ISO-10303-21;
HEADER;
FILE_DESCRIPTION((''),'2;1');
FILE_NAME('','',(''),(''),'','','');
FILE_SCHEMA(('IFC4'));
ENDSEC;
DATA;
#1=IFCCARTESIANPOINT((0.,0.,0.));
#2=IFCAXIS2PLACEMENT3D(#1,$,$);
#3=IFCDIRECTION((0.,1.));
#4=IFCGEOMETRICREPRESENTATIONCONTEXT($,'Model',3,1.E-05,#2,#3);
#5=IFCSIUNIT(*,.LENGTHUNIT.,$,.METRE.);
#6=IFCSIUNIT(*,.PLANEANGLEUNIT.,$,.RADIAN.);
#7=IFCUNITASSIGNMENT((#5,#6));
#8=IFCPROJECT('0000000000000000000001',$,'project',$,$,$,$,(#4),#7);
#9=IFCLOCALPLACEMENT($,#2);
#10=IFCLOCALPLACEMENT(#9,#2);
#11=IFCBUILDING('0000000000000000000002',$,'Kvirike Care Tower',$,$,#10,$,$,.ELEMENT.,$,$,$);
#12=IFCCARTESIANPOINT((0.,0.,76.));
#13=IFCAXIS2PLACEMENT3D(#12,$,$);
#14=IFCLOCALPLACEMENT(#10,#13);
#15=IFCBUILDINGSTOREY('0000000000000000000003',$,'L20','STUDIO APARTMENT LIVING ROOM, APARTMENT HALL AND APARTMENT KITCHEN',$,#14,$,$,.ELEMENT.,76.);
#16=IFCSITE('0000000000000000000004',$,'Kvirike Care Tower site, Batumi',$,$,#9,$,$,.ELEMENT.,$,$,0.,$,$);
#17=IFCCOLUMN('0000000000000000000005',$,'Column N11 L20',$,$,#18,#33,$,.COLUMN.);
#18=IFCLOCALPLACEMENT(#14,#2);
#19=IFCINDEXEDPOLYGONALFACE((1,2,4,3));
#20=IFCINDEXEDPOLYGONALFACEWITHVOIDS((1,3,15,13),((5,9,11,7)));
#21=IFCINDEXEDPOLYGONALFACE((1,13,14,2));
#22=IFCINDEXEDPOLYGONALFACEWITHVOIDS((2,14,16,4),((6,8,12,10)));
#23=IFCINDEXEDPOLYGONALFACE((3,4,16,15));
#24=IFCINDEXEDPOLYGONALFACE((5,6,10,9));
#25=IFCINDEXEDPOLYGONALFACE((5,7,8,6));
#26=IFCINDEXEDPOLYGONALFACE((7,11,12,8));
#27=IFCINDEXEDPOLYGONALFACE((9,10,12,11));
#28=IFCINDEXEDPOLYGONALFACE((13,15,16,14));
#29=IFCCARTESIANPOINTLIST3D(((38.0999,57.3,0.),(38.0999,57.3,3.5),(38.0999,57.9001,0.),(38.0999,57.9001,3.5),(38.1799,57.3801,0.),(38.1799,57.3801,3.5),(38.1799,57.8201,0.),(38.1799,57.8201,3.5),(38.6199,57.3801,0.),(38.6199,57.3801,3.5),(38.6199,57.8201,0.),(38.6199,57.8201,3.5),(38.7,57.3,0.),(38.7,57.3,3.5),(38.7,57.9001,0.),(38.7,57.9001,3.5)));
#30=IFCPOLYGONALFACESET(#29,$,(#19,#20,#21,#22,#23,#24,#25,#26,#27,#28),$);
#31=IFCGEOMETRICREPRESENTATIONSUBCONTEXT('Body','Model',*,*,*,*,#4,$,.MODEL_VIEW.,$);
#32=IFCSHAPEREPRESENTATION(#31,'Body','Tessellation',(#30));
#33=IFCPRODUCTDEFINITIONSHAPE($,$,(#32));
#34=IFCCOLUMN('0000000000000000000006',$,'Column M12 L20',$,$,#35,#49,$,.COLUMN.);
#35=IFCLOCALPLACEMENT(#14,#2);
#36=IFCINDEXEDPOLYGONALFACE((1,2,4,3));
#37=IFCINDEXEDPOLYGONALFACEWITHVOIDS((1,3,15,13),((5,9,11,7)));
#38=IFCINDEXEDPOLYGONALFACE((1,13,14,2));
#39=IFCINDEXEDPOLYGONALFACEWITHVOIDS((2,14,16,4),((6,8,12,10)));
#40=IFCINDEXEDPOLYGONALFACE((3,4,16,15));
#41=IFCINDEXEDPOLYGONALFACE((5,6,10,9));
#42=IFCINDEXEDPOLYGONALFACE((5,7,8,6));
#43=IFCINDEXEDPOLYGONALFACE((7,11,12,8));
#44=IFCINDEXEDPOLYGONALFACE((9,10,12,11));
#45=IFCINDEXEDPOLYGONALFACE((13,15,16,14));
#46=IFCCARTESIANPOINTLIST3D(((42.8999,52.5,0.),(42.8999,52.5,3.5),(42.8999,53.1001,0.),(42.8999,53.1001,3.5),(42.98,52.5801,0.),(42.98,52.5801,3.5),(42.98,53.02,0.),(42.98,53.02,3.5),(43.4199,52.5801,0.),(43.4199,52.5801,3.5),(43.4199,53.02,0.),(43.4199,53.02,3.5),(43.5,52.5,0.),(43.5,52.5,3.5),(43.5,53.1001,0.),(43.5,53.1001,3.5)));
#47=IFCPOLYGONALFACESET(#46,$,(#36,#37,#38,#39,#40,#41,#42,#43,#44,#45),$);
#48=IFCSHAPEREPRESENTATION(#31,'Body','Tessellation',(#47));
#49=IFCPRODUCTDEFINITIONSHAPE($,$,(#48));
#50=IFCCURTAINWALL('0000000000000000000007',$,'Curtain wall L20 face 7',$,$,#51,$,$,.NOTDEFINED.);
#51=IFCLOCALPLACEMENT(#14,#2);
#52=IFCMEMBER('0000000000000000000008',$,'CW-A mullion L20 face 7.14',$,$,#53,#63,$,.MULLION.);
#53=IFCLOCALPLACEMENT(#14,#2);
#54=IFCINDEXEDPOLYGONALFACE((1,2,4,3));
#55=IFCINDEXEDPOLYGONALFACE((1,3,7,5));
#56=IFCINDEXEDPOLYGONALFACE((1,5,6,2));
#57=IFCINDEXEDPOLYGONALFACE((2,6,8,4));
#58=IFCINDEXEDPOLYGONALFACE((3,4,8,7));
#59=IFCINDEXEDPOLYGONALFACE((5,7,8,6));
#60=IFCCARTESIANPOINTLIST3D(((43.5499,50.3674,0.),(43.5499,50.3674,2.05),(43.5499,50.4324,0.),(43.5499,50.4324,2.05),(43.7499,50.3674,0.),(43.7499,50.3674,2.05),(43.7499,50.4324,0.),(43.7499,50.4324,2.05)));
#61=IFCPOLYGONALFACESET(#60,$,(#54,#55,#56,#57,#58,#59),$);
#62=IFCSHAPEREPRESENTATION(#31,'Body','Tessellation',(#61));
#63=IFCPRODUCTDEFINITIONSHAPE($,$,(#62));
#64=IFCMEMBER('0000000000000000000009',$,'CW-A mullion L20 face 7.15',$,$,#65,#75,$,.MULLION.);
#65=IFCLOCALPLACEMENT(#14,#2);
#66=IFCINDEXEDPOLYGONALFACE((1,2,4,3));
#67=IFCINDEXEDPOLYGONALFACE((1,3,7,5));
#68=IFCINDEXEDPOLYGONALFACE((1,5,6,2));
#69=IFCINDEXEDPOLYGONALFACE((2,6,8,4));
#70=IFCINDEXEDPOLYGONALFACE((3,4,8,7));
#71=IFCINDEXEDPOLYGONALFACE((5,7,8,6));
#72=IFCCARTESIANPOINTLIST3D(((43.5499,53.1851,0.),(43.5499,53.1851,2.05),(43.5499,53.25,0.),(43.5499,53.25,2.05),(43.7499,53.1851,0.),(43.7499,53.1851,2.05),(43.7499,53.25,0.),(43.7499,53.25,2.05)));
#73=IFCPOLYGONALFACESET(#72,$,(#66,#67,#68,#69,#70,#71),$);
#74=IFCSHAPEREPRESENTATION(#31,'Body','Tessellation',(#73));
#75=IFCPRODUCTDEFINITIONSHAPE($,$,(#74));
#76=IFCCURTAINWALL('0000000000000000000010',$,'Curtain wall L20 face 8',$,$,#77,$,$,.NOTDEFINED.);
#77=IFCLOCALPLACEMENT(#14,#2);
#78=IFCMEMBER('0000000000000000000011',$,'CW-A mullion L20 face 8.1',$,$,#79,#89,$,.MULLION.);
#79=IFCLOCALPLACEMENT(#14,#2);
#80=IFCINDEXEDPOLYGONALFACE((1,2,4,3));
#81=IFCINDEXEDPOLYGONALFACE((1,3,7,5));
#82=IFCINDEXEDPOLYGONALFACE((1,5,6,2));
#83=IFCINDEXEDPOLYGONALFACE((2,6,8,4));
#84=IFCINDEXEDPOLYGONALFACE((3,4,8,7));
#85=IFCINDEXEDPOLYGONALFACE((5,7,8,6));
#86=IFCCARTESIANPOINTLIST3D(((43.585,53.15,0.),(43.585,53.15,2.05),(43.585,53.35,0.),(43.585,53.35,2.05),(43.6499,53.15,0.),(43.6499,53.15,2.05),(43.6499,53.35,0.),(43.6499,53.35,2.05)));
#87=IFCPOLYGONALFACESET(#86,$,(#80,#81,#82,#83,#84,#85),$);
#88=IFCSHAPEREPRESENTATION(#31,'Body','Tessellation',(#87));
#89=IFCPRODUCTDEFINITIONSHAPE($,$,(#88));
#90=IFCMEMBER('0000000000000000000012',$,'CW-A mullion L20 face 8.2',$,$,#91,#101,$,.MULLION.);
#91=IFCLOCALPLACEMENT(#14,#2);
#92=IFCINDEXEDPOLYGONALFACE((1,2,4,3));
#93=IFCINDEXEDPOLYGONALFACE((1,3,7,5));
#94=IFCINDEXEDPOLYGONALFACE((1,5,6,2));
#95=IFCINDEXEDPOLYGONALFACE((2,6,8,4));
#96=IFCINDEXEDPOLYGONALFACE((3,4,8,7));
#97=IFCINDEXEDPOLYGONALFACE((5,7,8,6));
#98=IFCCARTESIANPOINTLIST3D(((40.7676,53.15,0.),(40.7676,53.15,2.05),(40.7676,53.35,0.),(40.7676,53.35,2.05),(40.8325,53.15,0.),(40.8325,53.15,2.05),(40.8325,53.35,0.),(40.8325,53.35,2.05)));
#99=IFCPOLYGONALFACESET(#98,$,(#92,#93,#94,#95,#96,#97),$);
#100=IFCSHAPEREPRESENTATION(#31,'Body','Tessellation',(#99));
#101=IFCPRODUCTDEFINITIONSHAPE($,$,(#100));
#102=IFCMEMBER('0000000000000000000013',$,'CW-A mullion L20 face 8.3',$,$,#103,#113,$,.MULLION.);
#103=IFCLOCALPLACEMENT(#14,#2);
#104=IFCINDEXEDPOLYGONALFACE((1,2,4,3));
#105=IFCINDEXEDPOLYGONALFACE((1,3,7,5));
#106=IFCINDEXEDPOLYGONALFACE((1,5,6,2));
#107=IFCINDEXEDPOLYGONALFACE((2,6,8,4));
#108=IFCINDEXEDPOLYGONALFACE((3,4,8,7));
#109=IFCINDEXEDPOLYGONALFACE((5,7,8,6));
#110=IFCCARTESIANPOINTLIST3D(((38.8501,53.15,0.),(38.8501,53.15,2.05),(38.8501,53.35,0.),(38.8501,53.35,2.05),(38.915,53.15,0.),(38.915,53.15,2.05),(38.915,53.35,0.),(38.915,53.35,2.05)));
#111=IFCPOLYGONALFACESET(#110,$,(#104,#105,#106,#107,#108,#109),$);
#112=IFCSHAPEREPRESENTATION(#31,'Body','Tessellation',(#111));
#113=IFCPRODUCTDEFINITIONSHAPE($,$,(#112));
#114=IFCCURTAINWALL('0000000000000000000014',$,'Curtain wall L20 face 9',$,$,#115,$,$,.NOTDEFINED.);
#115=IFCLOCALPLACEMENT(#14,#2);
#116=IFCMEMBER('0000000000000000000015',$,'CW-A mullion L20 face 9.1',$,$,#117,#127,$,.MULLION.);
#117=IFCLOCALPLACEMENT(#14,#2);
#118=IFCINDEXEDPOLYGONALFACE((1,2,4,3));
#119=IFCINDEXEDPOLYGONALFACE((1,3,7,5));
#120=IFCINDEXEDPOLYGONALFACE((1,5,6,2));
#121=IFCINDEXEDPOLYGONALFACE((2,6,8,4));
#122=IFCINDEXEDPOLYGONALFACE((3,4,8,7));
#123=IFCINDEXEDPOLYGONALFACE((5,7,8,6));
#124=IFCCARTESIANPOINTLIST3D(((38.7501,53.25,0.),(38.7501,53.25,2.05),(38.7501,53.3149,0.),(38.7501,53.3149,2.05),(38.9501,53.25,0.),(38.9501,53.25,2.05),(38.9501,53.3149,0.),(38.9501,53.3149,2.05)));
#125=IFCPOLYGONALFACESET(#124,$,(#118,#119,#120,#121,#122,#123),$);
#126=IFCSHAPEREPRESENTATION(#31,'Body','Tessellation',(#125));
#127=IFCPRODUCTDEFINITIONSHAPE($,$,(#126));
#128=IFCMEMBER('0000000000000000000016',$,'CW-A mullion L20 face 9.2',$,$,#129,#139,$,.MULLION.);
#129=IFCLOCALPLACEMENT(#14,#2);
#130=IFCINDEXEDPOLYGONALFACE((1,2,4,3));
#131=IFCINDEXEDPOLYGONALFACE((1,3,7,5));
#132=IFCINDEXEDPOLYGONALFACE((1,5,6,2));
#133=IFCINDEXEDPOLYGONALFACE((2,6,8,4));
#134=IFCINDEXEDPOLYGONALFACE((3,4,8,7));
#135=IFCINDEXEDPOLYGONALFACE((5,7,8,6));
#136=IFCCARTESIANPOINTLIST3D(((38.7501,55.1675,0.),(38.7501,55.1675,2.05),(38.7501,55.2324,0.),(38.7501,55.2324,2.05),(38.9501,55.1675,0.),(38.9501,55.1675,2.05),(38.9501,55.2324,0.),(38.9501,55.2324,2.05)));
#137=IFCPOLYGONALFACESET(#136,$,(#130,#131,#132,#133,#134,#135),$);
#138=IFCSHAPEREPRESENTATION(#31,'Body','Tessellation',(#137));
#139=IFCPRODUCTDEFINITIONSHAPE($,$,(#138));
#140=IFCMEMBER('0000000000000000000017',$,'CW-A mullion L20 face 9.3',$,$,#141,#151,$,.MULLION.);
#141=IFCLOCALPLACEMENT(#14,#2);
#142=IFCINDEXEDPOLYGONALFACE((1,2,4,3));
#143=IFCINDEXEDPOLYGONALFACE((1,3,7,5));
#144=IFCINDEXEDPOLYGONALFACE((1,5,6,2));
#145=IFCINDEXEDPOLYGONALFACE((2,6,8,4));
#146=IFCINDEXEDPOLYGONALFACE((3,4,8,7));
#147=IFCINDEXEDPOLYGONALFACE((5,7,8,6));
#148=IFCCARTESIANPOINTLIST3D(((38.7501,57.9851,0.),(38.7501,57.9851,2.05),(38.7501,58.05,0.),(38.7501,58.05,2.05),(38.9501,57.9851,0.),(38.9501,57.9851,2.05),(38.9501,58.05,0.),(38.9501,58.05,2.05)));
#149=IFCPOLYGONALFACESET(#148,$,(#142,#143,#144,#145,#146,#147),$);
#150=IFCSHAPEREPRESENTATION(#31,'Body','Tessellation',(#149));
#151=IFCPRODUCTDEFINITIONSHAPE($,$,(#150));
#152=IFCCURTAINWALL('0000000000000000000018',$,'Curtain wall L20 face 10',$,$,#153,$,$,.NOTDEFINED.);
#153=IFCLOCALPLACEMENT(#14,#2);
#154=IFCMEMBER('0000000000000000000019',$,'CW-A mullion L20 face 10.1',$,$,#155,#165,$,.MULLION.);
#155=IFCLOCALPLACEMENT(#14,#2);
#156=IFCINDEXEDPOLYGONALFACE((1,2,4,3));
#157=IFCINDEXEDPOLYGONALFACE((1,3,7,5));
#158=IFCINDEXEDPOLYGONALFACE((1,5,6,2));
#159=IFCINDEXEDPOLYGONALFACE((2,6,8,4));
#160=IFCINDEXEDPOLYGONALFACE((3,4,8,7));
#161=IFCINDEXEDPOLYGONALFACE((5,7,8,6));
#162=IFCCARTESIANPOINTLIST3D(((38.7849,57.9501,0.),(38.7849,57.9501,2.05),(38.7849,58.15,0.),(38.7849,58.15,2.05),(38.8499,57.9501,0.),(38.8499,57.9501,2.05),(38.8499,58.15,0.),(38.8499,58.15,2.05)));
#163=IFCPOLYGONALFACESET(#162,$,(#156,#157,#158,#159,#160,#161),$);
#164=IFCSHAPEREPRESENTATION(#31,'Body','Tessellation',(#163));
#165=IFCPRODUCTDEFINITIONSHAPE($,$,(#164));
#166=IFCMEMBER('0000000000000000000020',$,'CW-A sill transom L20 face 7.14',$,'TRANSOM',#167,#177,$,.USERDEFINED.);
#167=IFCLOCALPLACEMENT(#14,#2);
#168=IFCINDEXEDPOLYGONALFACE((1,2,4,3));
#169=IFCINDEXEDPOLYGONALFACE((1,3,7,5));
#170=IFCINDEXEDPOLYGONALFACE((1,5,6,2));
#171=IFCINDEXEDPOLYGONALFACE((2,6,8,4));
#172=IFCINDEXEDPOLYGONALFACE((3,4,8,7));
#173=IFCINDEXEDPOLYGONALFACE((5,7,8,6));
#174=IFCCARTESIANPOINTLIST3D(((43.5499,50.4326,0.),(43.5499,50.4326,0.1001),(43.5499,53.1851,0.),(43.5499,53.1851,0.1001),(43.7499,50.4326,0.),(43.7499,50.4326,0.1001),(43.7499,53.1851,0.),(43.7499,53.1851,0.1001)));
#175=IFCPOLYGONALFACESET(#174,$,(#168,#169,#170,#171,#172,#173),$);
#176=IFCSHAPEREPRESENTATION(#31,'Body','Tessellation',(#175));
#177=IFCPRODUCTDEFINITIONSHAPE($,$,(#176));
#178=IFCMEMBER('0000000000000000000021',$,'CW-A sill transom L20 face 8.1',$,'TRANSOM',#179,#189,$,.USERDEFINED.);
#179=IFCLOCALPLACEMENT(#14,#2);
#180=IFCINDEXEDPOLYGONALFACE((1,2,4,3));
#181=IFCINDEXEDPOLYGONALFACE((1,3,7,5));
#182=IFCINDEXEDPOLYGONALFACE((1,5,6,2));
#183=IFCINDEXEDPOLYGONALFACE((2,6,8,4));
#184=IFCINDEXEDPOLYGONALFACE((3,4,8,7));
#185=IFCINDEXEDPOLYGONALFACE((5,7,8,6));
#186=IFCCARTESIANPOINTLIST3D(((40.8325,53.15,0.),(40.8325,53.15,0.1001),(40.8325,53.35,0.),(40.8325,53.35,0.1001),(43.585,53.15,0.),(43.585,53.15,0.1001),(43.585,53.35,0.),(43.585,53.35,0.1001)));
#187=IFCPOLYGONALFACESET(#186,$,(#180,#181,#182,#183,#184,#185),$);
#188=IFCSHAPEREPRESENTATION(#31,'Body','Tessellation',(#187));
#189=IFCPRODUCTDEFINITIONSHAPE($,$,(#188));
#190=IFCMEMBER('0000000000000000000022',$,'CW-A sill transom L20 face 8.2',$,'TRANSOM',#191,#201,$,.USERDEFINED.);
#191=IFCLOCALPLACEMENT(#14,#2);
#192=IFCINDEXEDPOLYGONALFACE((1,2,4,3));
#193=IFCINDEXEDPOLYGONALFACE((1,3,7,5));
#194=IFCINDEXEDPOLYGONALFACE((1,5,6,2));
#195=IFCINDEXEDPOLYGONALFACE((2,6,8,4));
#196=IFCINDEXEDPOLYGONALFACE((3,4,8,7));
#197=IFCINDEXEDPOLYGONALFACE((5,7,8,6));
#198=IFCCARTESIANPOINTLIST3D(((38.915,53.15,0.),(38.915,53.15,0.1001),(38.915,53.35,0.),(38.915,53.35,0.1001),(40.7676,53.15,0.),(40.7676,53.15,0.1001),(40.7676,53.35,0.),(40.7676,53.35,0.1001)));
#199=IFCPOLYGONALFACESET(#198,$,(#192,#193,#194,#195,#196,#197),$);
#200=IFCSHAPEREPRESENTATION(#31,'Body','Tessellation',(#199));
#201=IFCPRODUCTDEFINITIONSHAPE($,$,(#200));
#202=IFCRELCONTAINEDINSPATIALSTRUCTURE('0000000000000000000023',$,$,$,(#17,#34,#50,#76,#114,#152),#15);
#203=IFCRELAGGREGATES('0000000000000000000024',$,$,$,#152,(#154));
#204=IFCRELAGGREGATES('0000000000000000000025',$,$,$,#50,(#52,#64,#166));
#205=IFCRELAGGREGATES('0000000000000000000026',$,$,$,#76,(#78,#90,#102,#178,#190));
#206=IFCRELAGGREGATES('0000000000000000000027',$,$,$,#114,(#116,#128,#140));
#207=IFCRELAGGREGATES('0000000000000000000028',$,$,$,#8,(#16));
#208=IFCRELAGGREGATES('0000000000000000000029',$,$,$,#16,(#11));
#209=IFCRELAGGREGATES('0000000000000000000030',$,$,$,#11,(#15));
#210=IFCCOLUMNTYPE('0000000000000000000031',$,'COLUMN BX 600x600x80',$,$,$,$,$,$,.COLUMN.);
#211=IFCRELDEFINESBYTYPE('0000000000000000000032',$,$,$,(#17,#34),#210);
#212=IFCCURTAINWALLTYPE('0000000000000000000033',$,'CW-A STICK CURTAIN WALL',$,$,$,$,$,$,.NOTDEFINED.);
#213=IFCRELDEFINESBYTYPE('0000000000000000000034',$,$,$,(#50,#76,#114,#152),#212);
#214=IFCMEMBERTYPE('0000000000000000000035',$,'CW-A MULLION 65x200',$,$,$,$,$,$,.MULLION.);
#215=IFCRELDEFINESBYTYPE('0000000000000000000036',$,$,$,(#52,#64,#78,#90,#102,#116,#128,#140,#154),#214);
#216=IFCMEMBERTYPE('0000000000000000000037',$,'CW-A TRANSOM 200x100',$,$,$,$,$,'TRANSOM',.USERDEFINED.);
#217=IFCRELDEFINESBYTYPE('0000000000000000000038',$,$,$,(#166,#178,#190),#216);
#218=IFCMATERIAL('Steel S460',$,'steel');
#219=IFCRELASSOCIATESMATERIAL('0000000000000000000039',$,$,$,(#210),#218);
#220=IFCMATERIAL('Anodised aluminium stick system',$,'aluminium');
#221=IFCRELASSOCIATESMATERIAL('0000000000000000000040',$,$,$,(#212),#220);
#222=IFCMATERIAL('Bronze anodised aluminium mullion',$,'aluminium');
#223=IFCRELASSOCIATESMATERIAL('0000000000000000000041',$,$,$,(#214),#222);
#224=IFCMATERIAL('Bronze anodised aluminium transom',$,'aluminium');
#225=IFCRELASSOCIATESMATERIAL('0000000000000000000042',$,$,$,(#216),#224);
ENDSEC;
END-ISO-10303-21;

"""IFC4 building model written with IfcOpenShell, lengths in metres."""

from ifc_helpers import new_model, si_unit, direction, frame, origin, origin_2d, place, context, subcontext, project, spatial, rectangle, hollow_rectangle, extrude, material, material_profile, profile_set, type_object, element, aggregate, save


model = new_model("IFC4")

# Units and contexts
model_context = context("Model", 3, precision=1e-05, world=origin(), true_north=direction((0.0, 1.0)))
body_context = subcontext(model_context, "Body", "Model", "MODEL_VIEW")
ifc_project = project(units=[si_unit("LENGTHUNIT", "METRE"), si_unit("PLANEANGLEUNIT", "RADIAN")], contexts=[model_context])

# Site, building, storey
site_placement = place(None, origin())
site = spatial("IfcSite", under=ifc_project, at=site_placement, Name="Kvirike Care Tower site, Batumi", CompositionType="ELEMENT", RefElevation=0.0)
building_placement = place(site_placement, origin())
building = spatial("IfcBuilding", under=site, at=building_placement, Name="Kvirike Care Tower", CompositionType="ELEMENT")
storey_placement = place(building_placement, frame((0.0, 0.0, 76.0)))
storey = spatial("IfcBuildingStorey", under=building, at=storey_placement, Name="L20", Description="STUDIO APARTMENT LIVING ROOM, APARTMENT HALL AND APARTMENT KITCHEN", CompositionType="ELEMENT", Elevation=76.0)

# Columns
ifc_material_1 = material(Name="Steel S460", Category="steel")
ifc_material_profile_1 = material_profile(ifc_material_1, hollow_rectangle(XDim=0.6001, YDim=0.6001, WallThickness=0.0801, at=origin_2d()), Name="BX 600x600x80")
ifc_profile_set_1 = profile_set([ifc_material_profile_1], Name="Steel S460")
column_type = type_object("IfcColumnType", Name="COLUMN BX 600x600x80", PredefinedType="COLUMN", material=ifc_profile_set_1)
for number, where, z_axis, x_axis, name in (
    (1, (38.3999, 57.6001, 0.0), (0.0, 0.0, 1.0), (0.0, 1.0, 0.0), "Column N11 L20"),
    (2, (43.2, 52.8, 0.0), (0.0, 0.0, 1.0), (0.0, 1.0, 0.0), "Column M12 L20"),
):
    element("IfcColumn", number, at=place(storey_placement, frame(where, z_axis=z_axis, x_axis=x_axis)), inside=storey, type_object=column_type, Name=name, PredefinedType="COLUMN", context=body_context, shape_type="SweptSolid", body=[
        extrude(hollow_rectangle(XDim=0.6001, YDim=0.6001, WallThickness=0.0801, at=origin_2d()), origin(), (0.0, 0.0, 1.0), 3.5),
    ])

# Curtain walls, members
ifc_material_2 = material(Name="Anodised aluminium stick system", Category="aluminium")
curtain_wall_type = type_object("IfcCurtainWallType", Name="CW-A STICK CURTAIN WALL", PredefinedType="NOTDEFINED", material=ifc_material_2)
curtain_wall_1_placement = place(storey_placement, origin())
curtain_wall_1 = element("IfcCurtainWall", 3, at=curtain_wall_1_placement, inside=storey, type_object=curtain_wall_type, Name="Curtain wall L20 face 7", PredefinedType="NOTDEFINED")
ifc_material_3 = material(Name="Bronze anodised aluminium mullion", Category="aluminium")
ifc_material_profile_2 = material_profile(ifc_material_3, rectangle(XDim=0.0649, YDim=0.2, at=origin_2d()), Name="CW-A MULLION 65x200")
ifc_profile_set_2 = profile_set([ifc_material_profile_2], Name="Bronze anodised aluminium mullion")
member_type_1 = type_object("IfcMemberType", Name="CW-A MULLION 65x200", PredefinedType="MULLION", material=ifc_profile_set_2)
member_1_placement = place(storey_placement, frame((43.6499, 50.3999, 0.0), z_axis=(0.0, 0.0, 1.0), x_axis=(0.0, 1.0, 0.0)))
member_1 = element("IfcMember", 4, at=member_1_placement, type_object=member_type_1, Name="CW-A mullion L20 face 7.14", PredefinedType="MULLION", context=body_context, shape_type="SweptSolid", body=[
    extrude(rectangle(XDim=0.0649, YDim=0.2, at=origin_2d()), origin(), (0.0, 0.0, 1.0), 2.05),
])
member_2_placement = place(storey_placement, frame((43.6499, 53.2175, 0.0), z_axis=(0.0, 0.0, 1.0), x_axis=(0.0, 1.0, 0.0)))
member_2 = element("IfcMember", 5, at=member_2_placement, type_object=member_type_1, Name="CW-A mullion L20 face 7.15", PredefinedType="MULLION", context=body_context, shape_type="SweptSolid", body=[
    extrude(rectangle(XDim=0.0649, YDim=0.2, at=origin_2d()), origin(), (0.0, 0.0, 1.0), 2.05),
])
curtain_wall_2_placement = place(storey_placement, origin())
curtain_wall_2 = element("IfcCurtainWall", 6, at=curtain_wall_2_placement, inside=storey, type_object=curtain_wall_type, Name="Curtain wall L20 face 8", PredefinedType="NOTDEFINED")
member_3_placement = place(storey_placement, frame((43.6174, 53.25, 0.0), z_axis=(0.0, 0.0, 1.0), x_axis=(-1.0, 0.0, 0.0)))
member_3 = element("IfcMember", 7, at=member_3_placement, type_object=member_type_1, Name="CW-A mullion L20 face 8.1", PredefinedType="MULLION", context=body_context, shape_type="SweptSolid", body=[
    extrude(rectangle(XDim=0.0649, YDim=0.2, at=origin_2d()), origin(), (0.0, 0.0, 1.0), 2.05),
])
member_4_placement = place(storey_placement, frame((40.8, 53.25, 0.0), z_axis=(0.0, 0.0, 1.0), x_axis=(-1.0, 0.0, 0.0)))
member_4 = element("IfcMember", 8, at=member_4_placement, type_object=member_type_1, Name="CW-A mullion L20 face 8.2", PredefinedType="MULLION", context=body_context, shape_type="SweptSolid", body=[
    extrude(rectangle(XDim=0.0649, YDim=0.2, at=origin_2d()), origin(), (0.0, 0.0, 1.0), 2.05),
])
member_5_placement = place(storey_placement, frame((38.8826, 53.25, 0.0), z_axis=(0.0, 0.0, 1.0), x_axis=(-1.0, 0.0, 0.0)))
member_5 = element("IfcMember", 9, at=member_5_placement, type_object=member_type_1, Name="CW-A mullion L20 face 8.3", PredefinedType="MULLION", context=body_context, shape_type="SweptSolid", body=[
    extrude(rectangle(XDim=0.0649, YDim=0.2, at=origin_2d()), origin(), (0.0, 0.0, 1.0), 2.05),
])
curtain_wall_3_placement = place(storey_placement, origin())
curtain_wall_3 = element("IfcCurtainWall", 10, at=curtain_wall_3_placement, inside=storey, type_object=curtain_wall_type, Name="Curtain wall L20 face 9", PredefinedType="NOTDEFINED")
member_6_placement = place(storey_placement, frame((38.8501, 53.2825, 0.0), z_axis=(0.0, 0.0, 1.0), x_axis=(0.0, 1.0, 0.0)))
member_6 = element("IfcMember", 11, at=member_6_placement, type_object=member_type_1, Name="CW-A mullion L20 face 9.1", PredefinedType="MULLION", context=body_context, shape_type="SweptSolid", body=[
    extrude(rectangle(XDim=0.0649, YDim=0.2, at=origin_2d()), origin(), (0.0, 0.0, 1.0), 2.05),
])
member_7_placement = place(storey_placement, frame((38.8501, 55.2, 0.0), z_axis=(0.0, 0.0, 1.0), x_axis=(0.0, 1.0, 0.0)))
member_7 = element("IfcMember", 12, at=member_7_placement, type_object=member_type_1, Name="CW-A mullion L20 face 9.2", PredefinedType="MULLION", context=body_context, shape_type="SweptSolid", body=[
    extrude(rectangle(XDim=0.0649, YDim=0.2, at=origin_2d()), origin(), (0.0, 0.0, 1.0), 2.05),
])
member_8_placement = place(storey_placement, frame((38.8501, 58.0176, 0.0), z_axis=(0.0, 0.0, 1.0), x_axis=(0.0, 1.0, 0.0)))
member_8 = element("IfcMember", 13, at=member_8_placement, type_object=member_type_1, Name="CW-A mullion L20 face 9.3", PredefinedType="MULLION", context=body_context, shape_type="SweptSolid", body=[
    extrude(rectangle(XDim=0.0649, YDim=0.2, at=origin_2d()), origin(), (0.0, 0.0, 1.0), 2.05),
])

# Curtain wall, member
curtain_wall_4_placement = place(storey_placement, origin())
curtain_wall_4 = element("IfcCurtainWall", 14, at=curtain_wall_4_placement, inside=storey, type_object=curtain_wall_type, Name="Curtain wall L20 face 10", PredefinedType="NOTDEFINED")
member_9_placement = place(storey_placement, frame((38.8174, 58.05, 0.0), z_axis=(0.0, 0.0, 1.0), x_axis=(-1.0, 0.0, 0.0)))
member_9 = element("IfcMember", 15, at=member_9_placement, type_object=member_type_1, Name="CW-A mullion L20 face 10.1", PredefinedType="MULLION", context=body_context, shape_type="SweptSolid", body=[
    extrude(rectangle(XDim=0.0649, YDim=0.2, at=origin_2d()), origin(), (0.0, 0.0, 1.0), 2.05),
])

# Members
ifc_material_4 = material(Name="Bronze anodised aluminium transom", Category="aluminium")
ifc_material_profile_3 = material_profile(ifc_material_4, rectangle(XDim=0.2, YDim=0.1001, at=origin_2d()), Name="CW-A TRANSOM 200x100")
ifc_profile_set_3 = profile_set([ifc_material_profile_3], Name="Bronze anodised aluminium transom")
member_type_2 = type_object("IfcMemberType", Name="CW-A TRANSOM 200x100", ElementType="TRANSOM", PredefinedType="USERDEFINED", material=ifc_profile_set_3)
member_10_placement = place(storey_placement, frame((43.6499, 50.4326, 0.05), z_axis=(0.0, 1.0, 0.0), x_axis=(-1.0, 0.0, 0.0)))
member_10 = element("IfcMember", 16, at=member_10_placement, type_object=member_type_2, Name="CW-A sill transom L20 face 7.14", ObjectType="TRANSOM", PredefinedType="USERDEFINED", context=body_context, shape_type="SweptSolid", body=[
    extrude(rectangle(XDim=0.2, YDim=0.1001, at=origin_2d()), origin(), (0.0, 0.0, 1.0), 2.7524),
])
member_11_placement = place(storey_placement, frame((43.585, 53.25, 0.05), z_axis=(-1.0, 0.0, 0.0), x_axis=(0.0, -1.0, 0.0)))
member_11 = element("IfcMember", 17, at=member_11_placement, type_object=member_type_2, Name="CW-A sill transom L20 face 8.1", ObjectType="TRANSOM", PredefinedType="USERDEFINED", context=body_context, shape_type="SweptSolid", body=[
    extrude(rectangle(XDim=0.2, YDim=0.1001, at=origin_2d()), origin(), (0.0, 0.0, 1.0), 2.7524),
])
member_12_placement = place(storey_placement, frame((40.7676, 53.25, 0.05), z_axis=(-1.0, 0.0, 0.0), x_axis=(0.0, -1.0, 0.0)))
member_12 = element("IfcMember", 18, at=member_12_placement, type_object=member_type_2, Name="CW-A sill transom L20 face 8.2", ObjectType="TRANSOM", PredefinedType="USERDEFINED", context=body_context, shape_type="SweptSolid", body=[
    extrude(rectangle(XDim=0.2, YDim=0.1001, at=origin_2d()), origin(), (0.0, 0.0, 1.0), 1.8525),
])
aggregate(curtain_wall_4, [member_9])

aggregate(curtain_wall_1, [member_1, member_2, member_10])
aggregate(curtain_wall_2, [member_3, member_4, member_5, member_11, member_12])
aggregate(curtain_wall_3, [member_6, member_7, member_8])

save(model, "model.ifc")
